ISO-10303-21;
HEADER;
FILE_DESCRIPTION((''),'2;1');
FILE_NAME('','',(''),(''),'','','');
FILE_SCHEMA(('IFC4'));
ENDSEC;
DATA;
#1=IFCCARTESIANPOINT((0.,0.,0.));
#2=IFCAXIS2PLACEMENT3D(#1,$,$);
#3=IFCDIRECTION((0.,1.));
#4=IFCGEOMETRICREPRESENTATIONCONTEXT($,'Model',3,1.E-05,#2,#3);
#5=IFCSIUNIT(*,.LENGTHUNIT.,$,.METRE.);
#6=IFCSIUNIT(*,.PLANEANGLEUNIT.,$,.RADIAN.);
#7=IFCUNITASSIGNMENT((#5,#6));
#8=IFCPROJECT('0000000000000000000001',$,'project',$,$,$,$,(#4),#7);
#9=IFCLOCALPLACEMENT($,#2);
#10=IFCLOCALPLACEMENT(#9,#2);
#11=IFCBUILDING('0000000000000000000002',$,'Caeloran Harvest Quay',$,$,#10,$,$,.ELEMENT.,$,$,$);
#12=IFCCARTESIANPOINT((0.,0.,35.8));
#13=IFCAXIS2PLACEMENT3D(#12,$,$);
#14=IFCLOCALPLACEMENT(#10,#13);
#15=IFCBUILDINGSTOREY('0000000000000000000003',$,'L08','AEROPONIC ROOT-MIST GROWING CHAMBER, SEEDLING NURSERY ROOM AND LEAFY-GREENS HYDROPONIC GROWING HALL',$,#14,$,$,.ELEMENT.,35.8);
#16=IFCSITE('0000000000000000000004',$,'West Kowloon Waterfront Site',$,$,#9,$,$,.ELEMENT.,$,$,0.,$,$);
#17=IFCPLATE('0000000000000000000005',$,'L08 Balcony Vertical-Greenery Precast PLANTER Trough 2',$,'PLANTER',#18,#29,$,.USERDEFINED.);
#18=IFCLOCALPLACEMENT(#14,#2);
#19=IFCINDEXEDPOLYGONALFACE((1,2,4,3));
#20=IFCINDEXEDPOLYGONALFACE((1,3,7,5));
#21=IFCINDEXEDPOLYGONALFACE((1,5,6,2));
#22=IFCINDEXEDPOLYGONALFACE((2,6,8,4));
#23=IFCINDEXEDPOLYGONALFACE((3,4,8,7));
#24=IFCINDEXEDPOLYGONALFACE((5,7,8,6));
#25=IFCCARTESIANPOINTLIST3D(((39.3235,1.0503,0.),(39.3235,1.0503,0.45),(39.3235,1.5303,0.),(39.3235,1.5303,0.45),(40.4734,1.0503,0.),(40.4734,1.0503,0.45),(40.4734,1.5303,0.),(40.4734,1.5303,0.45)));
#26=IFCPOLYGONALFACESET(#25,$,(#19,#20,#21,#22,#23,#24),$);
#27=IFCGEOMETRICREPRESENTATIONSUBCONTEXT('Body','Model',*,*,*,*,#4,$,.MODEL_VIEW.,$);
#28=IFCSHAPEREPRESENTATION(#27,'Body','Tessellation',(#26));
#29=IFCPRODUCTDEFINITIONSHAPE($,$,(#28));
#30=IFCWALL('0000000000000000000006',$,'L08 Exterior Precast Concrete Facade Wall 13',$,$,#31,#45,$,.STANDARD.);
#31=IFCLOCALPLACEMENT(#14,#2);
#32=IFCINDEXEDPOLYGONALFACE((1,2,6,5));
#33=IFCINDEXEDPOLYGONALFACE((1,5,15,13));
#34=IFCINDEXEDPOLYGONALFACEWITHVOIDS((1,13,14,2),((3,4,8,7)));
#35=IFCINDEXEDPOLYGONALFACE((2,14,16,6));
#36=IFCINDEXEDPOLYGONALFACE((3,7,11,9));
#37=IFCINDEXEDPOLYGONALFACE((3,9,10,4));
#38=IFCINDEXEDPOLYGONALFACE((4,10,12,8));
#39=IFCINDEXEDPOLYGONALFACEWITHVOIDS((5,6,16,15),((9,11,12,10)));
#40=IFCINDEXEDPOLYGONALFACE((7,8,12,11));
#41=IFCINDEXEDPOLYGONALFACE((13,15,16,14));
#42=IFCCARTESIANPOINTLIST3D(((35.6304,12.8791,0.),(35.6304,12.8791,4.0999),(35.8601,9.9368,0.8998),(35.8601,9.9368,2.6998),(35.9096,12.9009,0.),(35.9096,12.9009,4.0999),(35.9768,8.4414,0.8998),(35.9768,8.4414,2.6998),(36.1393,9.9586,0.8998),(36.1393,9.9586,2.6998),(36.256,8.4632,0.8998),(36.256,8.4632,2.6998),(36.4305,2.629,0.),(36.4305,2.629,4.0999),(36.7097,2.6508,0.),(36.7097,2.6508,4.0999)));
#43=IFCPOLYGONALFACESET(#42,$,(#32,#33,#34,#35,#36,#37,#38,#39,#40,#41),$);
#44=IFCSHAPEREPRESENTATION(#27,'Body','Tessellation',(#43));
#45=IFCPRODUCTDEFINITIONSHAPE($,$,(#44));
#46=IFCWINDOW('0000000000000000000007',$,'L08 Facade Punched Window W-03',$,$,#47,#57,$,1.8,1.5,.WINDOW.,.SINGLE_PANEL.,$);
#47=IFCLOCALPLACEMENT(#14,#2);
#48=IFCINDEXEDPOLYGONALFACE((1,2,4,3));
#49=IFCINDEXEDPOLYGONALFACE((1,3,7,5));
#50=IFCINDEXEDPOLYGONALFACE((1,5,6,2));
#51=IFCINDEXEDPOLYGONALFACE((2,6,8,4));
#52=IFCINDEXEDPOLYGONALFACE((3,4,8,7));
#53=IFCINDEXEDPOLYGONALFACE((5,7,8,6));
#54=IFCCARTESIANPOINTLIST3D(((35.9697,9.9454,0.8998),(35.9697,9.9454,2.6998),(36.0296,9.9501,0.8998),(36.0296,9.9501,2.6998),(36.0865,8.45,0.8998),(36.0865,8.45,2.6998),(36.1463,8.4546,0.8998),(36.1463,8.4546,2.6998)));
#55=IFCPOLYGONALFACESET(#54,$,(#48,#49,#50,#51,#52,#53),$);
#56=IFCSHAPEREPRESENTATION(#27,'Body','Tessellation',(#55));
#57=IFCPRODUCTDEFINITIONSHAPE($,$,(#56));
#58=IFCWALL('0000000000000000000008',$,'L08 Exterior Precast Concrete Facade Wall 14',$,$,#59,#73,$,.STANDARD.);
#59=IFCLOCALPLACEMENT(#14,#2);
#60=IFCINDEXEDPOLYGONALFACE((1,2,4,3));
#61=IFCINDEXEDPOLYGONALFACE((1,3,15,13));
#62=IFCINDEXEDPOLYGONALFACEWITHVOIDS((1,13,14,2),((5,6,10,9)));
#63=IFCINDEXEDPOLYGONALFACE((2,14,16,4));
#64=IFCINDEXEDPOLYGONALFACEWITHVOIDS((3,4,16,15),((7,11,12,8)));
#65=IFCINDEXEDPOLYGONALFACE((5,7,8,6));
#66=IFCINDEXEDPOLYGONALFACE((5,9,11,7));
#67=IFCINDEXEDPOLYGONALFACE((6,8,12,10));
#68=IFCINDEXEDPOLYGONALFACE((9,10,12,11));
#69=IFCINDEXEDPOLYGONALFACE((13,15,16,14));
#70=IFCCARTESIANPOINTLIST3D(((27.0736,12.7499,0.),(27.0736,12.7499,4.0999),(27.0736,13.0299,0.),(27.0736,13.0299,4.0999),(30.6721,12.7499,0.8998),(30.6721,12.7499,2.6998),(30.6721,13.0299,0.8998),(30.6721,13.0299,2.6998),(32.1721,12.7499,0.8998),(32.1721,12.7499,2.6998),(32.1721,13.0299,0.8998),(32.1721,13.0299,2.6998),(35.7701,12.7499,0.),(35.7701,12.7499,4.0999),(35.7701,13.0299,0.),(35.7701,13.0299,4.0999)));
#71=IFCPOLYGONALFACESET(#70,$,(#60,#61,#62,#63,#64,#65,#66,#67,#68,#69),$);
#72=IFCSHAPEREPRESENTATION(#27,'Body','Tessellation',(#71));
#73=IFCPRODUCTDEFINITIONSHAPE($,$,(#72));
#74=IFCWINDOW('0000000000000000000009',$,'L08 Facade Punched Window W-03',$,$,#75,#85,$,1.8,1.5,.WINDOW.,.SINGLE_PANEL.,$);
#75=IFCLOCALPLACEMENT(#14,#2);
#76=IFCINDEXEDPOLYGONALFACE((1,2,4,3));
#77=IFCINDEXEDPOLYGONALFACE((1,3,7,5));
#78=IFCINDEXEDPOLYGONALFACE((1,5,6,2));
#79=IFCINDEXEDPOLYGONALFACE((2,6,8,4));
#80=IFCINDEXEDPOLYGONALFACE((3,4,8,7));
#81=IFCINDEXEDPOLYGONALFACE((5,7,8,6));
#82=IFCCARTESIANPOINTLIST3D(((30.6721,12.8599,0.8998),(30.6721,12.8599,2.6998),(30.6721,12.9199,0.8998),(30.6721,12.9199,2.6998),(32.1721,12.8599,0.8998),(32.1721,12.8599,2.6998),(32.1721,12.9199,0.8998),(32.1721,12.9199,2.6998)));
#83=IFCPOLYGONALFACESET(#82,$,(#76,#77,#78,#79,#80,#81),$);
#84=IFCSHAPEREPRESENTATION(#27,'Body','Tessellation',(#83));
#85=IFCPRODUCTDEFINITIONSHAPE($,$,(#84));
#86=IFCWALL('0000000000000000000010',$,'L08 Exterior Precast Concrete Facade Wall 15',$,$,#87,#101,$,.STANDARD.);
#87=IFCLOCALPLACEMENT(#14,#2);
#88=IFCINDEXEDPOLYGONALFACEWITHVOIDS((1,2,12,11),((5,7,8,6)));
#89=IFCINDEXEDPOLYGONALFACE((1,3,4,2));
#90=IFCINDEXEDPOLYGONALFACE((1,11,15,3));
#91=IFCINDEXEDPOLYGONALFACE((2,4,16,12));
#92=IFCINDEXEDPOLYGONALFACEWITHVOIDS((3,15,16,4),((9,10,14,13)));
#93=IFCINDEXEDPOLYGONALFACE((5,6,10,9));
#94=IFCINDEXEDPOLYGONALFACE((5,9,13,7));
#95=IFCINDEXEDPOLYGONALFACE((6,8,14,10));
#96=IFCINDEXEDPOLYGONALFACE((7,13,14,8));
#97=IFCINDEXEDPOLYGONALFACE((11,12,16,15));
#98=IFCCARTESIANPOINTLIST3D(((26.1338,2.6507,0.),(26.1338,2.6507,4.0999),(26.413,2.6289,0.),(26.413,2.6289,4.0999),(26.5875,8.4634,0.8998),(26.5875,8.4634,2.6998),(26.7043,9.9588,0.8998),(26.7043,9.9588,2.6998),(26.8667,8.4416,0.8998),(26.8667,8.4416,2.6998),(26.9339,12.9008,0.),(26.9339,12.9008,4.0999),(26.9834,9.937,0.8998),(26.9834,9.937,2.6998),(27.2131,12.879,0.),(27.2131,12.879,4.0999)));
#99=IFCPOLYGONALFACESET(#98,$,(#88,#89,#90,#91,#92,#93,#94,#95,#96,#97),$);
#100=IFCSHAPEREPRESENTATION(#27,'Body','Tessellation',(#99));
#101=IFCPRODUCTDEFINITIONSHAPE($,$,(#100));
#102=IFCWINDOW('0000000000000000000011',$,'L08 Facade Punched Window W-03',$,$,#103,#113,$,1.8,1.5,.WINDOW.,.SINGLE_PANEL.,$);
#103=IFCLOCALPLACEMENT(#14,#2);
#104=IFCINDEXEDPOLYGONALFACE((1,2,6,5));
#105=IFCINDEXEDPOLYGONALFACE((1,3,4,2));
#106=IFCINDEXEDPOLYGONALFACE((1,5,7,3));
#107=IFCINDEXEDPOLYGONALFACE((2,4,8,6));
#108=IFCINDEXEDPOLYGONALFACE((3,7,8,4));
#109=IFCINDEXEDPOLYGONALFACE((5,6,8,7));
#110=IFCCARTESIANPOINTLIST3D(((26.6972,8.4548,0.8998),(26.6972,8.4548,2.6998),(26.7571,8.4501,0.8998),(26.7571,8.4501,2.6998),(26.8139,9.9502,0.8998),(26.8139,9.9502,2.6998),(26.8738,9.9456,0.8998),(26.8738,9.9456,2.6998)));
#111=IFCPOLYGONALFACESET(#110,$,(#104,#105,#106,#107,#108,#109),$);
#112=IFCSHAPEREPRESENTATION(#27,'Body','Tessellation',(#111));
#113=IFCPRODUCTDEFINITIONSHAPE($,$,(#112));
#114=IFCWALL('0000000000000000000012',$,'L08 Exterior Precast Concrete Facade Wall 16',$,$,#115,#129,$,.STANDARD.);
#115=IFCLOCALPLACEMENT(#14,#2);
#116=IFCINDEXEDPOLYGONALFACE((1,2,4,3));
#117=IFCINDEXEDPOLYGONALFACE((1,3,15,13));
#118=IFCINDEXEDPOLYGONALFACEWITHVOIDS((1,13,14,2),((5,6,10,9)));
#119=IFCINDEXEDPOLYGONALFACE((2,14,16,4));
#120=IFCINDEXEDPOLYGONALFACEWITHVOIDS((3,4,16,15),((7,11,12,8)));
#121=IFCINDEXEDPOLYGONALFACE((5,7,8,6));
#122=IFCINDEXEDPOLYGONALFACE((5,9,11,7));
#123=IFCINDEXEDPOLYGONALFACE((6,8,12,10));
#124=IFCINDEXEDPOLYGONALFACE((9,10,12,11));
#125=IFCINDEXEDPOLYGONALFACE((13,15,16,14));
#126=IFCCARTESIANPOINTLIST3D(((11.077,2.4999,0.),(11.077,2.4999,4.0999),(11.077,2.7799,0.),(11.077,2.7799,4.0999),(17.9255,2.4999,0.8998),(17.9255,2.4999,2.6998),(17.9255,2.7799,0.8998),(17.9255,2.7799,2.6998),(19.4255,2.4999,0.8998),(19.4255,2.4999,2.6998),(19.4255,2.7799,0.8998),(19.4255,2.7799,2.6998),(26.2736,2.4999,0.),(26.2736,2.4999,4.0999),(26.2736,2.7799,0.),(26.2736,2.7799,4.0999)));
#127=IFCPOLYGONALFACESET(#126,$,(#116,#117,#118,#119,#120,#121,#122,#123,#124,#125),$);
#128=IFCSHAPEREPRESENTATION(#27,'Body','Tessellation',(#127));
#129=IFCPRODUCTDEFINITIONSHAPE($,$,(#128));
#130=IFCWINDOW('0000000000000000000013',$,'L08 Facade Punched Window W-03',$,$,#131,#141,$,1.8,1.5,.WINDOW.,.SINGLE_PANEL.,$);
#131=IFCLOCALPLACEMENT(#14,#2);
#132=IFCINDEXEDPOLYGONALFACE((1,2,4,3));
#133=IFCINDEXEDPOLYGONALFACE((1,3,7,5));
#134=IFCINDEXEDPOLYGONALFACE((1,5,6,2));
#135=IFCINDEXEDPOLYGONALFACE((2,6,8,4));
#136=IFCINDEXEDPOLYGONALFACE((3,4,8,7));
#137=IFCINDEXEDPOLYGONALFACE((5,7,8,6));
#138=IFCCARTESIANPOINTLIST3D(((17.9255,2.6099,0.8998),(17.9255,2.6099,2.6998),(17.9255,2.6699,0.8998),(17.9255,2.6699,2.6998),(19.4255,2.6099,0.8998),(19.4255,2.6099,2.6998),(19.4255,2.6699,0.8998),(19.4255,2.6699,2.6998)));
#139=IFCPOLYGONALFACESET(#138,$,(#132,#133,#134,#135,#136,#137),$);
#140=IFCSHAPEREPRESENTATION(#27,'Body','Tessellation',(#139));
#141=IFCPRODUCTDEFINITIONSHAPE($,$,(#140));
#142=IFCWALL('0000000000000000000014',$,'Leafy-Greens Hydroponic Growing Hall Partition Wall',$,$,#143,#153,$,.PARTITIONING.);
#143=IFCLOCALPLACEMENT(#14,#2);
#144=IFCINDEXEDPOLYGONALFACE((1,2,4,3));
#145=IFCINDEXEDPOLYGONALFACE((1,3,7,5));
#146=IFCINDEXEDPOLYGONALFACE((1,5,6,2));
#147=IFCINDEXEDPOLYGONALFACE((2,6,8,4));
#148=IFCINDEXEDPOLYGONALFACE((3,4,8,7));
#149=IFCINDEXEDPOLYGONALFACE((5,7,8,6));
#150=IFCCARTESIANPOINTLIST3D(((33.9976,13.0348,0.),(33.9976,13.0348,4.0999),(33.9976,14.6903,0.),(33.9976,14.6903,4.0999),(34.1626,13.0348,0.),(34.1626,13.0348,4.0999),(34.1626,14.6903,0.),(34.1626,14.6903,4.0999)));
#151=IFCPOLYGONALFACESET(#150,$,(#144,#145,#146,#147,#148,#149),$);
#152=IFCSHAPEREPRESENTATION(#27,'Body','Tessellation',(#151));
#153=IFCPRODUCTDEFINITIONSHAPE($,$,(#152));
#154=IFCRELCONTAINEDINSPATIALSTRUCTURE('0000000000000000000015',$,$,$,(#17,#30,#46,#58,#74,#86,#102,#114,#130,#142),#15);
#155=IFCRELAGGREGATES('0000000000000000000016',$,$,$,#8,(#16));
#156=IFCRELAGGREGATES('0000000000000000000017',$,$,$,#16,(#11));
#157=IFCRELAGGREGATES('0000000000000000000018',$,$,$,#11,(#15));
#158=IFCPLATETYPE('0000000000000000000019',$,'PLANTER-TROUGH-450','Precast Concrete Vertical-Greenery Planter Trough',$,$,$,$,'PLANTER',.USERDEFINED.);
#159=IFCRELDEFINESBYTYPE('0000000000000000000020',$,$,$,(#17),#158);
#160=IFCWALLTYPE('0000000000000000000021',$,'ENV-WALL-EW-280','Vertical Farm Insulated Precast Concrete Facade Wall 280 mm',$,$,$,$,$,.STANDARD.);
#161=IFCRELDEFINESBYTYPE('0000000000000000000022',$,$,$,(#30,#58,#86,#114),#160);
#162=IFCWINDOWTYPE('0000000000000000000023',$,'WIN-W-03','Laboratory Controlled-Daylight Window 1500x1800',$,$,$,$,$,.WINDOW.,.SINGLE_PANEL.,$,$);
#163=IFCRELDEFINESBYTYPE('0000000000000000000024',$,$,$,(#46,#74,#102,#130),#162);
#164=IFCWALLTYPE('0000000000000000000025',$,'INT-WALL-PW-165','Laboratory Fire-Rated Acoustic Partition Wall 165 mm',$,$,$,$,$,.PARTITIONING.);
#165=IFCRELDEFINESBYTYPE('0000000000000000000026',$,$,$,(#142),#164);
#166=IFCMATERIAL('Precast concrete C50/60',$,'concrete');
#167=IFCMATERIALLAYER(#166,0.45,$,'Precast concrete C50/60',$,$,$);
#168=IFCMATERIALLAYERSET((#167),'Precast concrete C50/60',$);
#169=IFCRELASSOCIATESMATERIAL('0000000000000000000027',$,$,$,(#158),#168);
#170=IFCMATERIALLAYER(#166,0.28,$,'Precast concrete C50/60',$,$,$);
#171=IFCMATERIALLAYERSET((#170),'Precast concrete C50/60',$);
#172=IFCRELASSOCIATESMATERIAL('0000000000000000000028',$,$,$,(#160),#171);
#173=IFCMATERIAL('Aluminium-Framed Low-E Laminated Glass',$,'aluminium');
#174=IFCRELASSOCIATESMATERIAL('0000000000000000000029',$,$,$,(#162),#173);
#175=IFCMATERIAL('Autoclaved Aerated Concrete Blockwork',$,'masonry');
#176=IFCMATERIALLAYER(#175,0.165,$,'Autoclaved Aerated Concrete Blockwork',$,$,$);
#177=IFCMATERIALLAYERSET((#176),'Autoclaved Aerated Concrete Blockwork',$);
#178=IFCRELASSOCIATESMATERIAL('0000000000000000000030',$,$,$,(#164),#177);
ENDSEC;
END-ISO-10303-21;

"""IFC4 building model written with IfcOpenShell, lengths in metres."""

from ifc_helpers import new_model, si_unit, direction, frame, frame_2d, origin, origin_2d, place, context, subcontext, project, spatial, rectangle, extrude, material, layer, layer_set, type_object, element, fill, save


model = new_model("IFC4")

# Units and contexts
model_context = context("Model", 3, precision=1e-05, world=origin(), true_north=direction((0.0, 1.0)))
body_context = subcontext(model_context, "Body", "Model", "MODEL_VIEW")
ifc_project = project(units=[si_unit("LENGTHUNIT", "METRE"), si_unit("PLANEANGLEUNIT", "RADIAN")], contexts=[model_context])

# Site, building, storey
site_placement = place(None, origin())
site = spatial("IfcSite", under=ifc_project, at=site_placement, Name="West Kowloon Waterfront Site", CompositionType="ELEMENT", RefElevation=0.0)
building_placement = place(site_placement, origin())
building = spatial("IfcBuilding", under=site, at=building_placement, Name="Caeloran Harvest Quay", CompositionType="ELEMENT")
storey_placement = place(building_placement, frame((0.0, 0.0, 35.8)))
storey = spatial("IfcBuildingStorey", under=building, at=storey_placement, Name="L08", Description="AEROPONIC ROOT-MIST GROWING CHAMBER, SEEDLING NURSERY ROOM AND LEAFY-GREENS HYDROPONIC GROWING HALL", CompositionType="ELEMENT", Elevation=35.8)

# Plate
ifc_material_1 = material(Name="Precast concrete C50/60", Category="concrete")
ifc_layer_1 = layer(ifc_material_1, 0.45, Name="Precast concrete C50/60")
ifc_layer_set_1 = layer_set([ifc_layer_1], Name="Precast concrete C50/60")
plate_type = type_object("IfcPlateType", Name="PLANTER-TROUGH-450", Description="Precast Concrete Vertical-Greenery Planter Trough", ElementType="PLANTER", PredefinedType="USERDEFINED", material=ifc_layer_set_1)
plate_placement = place(storey_placement, frame((39.8984, 1.2903, 0.0), z_axis=(0.0, 0.0, 1.0), x_axis=(1.0, 0.0, 0.0)))
element("IfcPlate", 1, at=plate_placement, inside=storey, type_object=plate_type, Name="L08 Balcony Vertical-Greenery Precast PLANTER Trough 2", ObjectType="PLANTER", PredefinedType="USERDEFINED", context=body_context, shape_type="SweptSolid", body=[
    extrude(rectangle(XDim=1.1499, YDim=0.48, at=origin_2d()), origin(), (0.0, 0.0, 1.0), 0.45),
])

# Walls, openings, windows
ifc_layer_2 = layer(ifc_material_1, 0.28, Name="Precast concrete C50/60")
ifc_layer_set_2 = layer_set([ifc_layer_2], Name="Precast concrete C50/60")
wall_type_1 = type_object("IfcWallType", Name="ENV-WALL-EW-280", Description="Vertical Farm Insulated Precast Concrete Facade Wall 280 mm", PredefinedType="STANDARD", material=ifc_layer_set_2)
wall_1_placement = place(storey_placement, frame((36.5701, 2.6399, 0.0), z_axis=(0.0, 0.0, 1.0), x_axis=(-0.077817, 0.996968, 0.0)))
wall_1 = element("IfcWall", 2, at=wall_1_placement, inside=storey, type_object=wall_type_1, Name="L08 Exterior Precast Concrete Facade Wall 13", PredefinedType="STANDARD", context=body_context, shape_type="SweptSolid", body=[
    extrude(rectangle(XDim=10.2812, YDim=0.28, at=frame_2d((5.1406, 0.0))), origin(), (0.0, 0.0, 1.0), 4.0999),
])
opening_1_placement = place(wall_1_placement, frame((5.8301, 0.0, 0.8999)))
opening_1 = element("IfcOpeningElement", 3, at=opening_1_placement, cuts=wall_1, PredefinedType="OPENING", context=body_context, shape_type="SweptSolid", body=[
    extrude(rectangle(XDim=1.5, YDim=1.8, at=frame_2d((0.75, 0.8999))), frame((0.0, 0.1499, 0.0), z_axis=(0.0, -1.0, 0.0), x_axis=(1.0, 0.0, 0.0)), (0.0, 0.0, 1.0), 0.3),
])
ifc_material_2 = material(Name="Aluminium-Framed Low-E Laminated Glass", Category="aluminium")
window_type = type_object("IfcWindowType", Name="WIN-W-03", Description="Laboratory Controlled-Daylight Window 1500x1800", PartitioningType="SINGLE_PANEL", PredefinedType="WINDOW", material=ifc_material_2)
window_1_placement = place(opening_1_placement, origin())
window_1 = element("IfcWindow", 4, at=window_1_placement, inside=storey, type_object=window_type, Name="L08 Facade Punched Window W-03", OverallHeight=1.8, OverallWidth=1.5, PartitioningType="SINGLE_PANEL", PredefinedType="WINDOW", context=body_context, shape_type="SweptSolid", body=[
    extrude(rectangle(XDim=1.5, YDim=1.8, at=frame_2d((0.75, 0.8999))), frame((0.0, 0.03, 0.0), z_axis=(0.0, -1.0, 0.0), x_axis=(1.0, 0.0, 0.0)), (0.0, 0.0, 1.0), 0.0601),
])
fill(opening_1, window_1)
wall_2_placement = place(storey_placement, frame((35.77, 12.8899, 0.0), z_axis=(0.0, 0.0, 1.0), x_axis=(-1.0, 0.0, 0.0)))
wall_2 = element("IfcWall", 5, at=wall_2_placement, inside=storey, type_object=wall_type_1, Name="L08 Exterior Precast Concrete Facade Wall 14", PredefinedType="STANDARD", context=body_context, shape_type="SweptSolid", body=[
    extrude(rectangle(XDim=8.6965, YDim=0.28, at=frame_2d((4.3481, 0.0))), origin(), (0.0, 0.0, 1.0), 4.0999),
])
opening_2_placement = place(wall_2_placement, frame((3.5979, 0.0, 0.8999)))
opening_2 = element("IfcOpeningElement", 6, at=opening_2_placement, cuts=wall_2, PredefinedType="OPENING", context=body_context, shape_type="SweptSolid", body=[
    extrude(rectangle(XDim=1.5, YDim=1.8, at=frame_2d((0.75, 0.8999))), frame((0.0, 0.1499, 0.0), z_axis=(0.0, -1.0, 0.0), x_axis=(1.0, 0.0, 0.0)), (0.0, 0.0, 1.0), 0.3),
])
window_2_placement = place(opening_2_placement, origin())
window_2 = element("IfcWindow", 7, at=window_2_placement, inside=storey, type_object=window_type, Name="L08 Facade Punched Window W-03", OverallHeight=1.8, OverallWidth=1.5, PartitioningType="SINGLE_PANEL", PredefinedType="WINDOW", context=body_context, shape_type="SweptSolid", body=[
    extrude(rectangle(XDim=1.5, YDim=1.8, at=frame_2d((0.75, 0.8999))), frame((0.0, 0.03, 0.0), z_axis=(0.0, -1.0, 0.0), x_axis=(1.0, 0.0, 0.0)), (0.0, 0.0, 1.0), 0.0601),
])
fill(opening_2, window_2)
wall_3_placement = place(storey_placement, frame((27.0735, 12.8899, 0.0), z_axis=(0.0, 0.0, 1.0), x_axis=(-0.077817, -0.996968, 0.0)))
wall_3 = element("IfcWall", 8, at=wall_3_placement, inside=storey, type_object=wall_type_1, Name="L08 Exterior Precast Concrete Facade Wall 15", PredefinedType="STANDARD", context=body_context, shape_type="SweptSolid", body=[
    extrude(rectangle(XDim=10.2812, YDim=0.28, at=frame_2d((5.1406, 0.0))), origin(), (0.0, 0.0, 1.0), 4.0999),
])
opening_3_placement = place(wall_3_placement, frame((2.9509, 0.0, 0.8999)))
opening_3 = element("IfcOpeningElement", 9, at=opening_3_placement, cuts=wall_3, PredefinedType="OPENING", context=body_context, shape_type="SweptSolid", body=[
    extrude(rectangle(XDim=1.5, YDim=1.8, at=frame_2d((0.75, 0.8999))), frame((0.0, 0.1499, 0.0), z_axis=(0.0, -1.0, 0.0), x_axis=(1.0, 0.0, 0.0)), (0.0, 0.0, 1.0), 0.3),
])
window_3_placement = place(opening_3_placement, origin())
window_3 = element("IfcWindow", 10, at=window_3_placement, inside=storey, type_object=window_type, Name="L08 Facade Punched Window W-03", OverallHeight=1.8, OverallWidth=1.5, PartitioningType="SINGLE_PANEL", PredefinedType="WINDOW", context=body_context, shape_type="SweptSolid", body=[
    extrude(rectangle(XDim=1.5, YDim=1.8, at=frame_2d((0.75, 0.8999))), frame((0.0, 0.03, 0.0), z_axis=(0.0, -1.0, 0.0), x_axis=(1.0, 0.0, 0.0)), (0.0, 0.0, 1.0), 0.0601),
])
fill(opening_3, window_3)
wall_4_placement = place(storey_placement, frame((26.2734, 2.6399, 0.0), z_axis=(0.0, 0.0, 1.0), x_axis=(-1.0, 0.0, 0.0)))
wall_4 = element("IfcWall", 11, at=wall_4_placement, inside=storey, type_object=wall_type_1, Name="L08 Exterior Precast Concrete Facade Wall 16", PredefinedType="STANDARD", context=body_context, shape_type="SweptSolid", body=[
    extrude(rectangle(XDim=15.1965, YDim=0.28, at=frame_2d((7.5981, 0.0))), origin(), (0.0, 0.0, 1.0), 4.0999),
])
opening_4_placement = place(wall_4_placement, frame((6.8479, 0.0, 0.8999)))
opening_4 = element("IfcOpeningElement", 12, at=opening_4_placement, cuts=wall_4, PredefinedType="OPENING", context=body_context, shape_type="SweptSolid", body=[
    extrude(rectangle(XDim=1.5, YDim=1.8, at=frame_2d((0.75, 0.8999))), frame((0.0, 0.1499, 0.0), z_axis=(0.0, -1.0, 0.0), x_axis=(1.0, 0.0, 0.0)), (0.0, 0.0, 1.0), 0.3),
])
window_4_placement = place(opening_4_placement, origin())
window_4 = element("IfcWindow", 13, at=window_4_placement, inside=storey, type_object=window_type, Name="L08 Facade Punched Window W-03", OverallHeight=1.8, OverallWidth=1.5, PartitioningType="SINGLE_PANEL", PredefinedType="WINDOW", context=body_context, shape_type="SweptSolid", body=[
    extrude(rectangle(XDim=1.5, YDim=1.8, at=frame_2d((0.75, 0.8999))), frame((0.0, 0.03, 0.0), z_axis=(0.0, -1.0, 0.0), x_axis=(1.0, 0.0, 0.0)), (0.0, 0.0, 1.0), 0.0601),
])
fill(opening_4, window_4)

# Wall
ifc_material_3 = material(Name="Autoclaved Aerated Concrete Blockwork", Category="masonry")
ifc_layer_3 = layer(ifc_material_3, 0.165, Name="Autoclaved Aerated Concrete Blockwork")
ifc_layer_set_3 = layer_set([ifc_layer_3], Name="Autoclaved Aerated Concrete Blockwork")
wall_type_2 = type_object("IfcWallType", Name="INT-WALL-PW-165", Description="Laboratory Fire-Rated Acoustic Partition Wall 165 mm", PredefinedType="PARTITIONING", material=ifc_layer_set_3)
wall_5_placement = place(storey_placement, frame((34.0801, 13.0349, 0.0), z_axis=(0.0, 0.0, 1.0), x_axis=(0.0, 1.0, 0.0)))
element("IfcWall", 14, at=wall_5_placement, inside=storey, type_object=wall_type_2, Name="Leafy-Greens Hydroponic Growing Hall Partition Wall", PredefinedType="PARTITIONING", context=body_context, shape_type="SweptSolid", body=[
    extrude(rectangle(XDim=1.6555, YDim=0.165, at=frame_2d((0.8276, 0.0))), origin(), (0.0, 0.0, 1.0), 4.0999),
])

save(model, "model.ifc")
